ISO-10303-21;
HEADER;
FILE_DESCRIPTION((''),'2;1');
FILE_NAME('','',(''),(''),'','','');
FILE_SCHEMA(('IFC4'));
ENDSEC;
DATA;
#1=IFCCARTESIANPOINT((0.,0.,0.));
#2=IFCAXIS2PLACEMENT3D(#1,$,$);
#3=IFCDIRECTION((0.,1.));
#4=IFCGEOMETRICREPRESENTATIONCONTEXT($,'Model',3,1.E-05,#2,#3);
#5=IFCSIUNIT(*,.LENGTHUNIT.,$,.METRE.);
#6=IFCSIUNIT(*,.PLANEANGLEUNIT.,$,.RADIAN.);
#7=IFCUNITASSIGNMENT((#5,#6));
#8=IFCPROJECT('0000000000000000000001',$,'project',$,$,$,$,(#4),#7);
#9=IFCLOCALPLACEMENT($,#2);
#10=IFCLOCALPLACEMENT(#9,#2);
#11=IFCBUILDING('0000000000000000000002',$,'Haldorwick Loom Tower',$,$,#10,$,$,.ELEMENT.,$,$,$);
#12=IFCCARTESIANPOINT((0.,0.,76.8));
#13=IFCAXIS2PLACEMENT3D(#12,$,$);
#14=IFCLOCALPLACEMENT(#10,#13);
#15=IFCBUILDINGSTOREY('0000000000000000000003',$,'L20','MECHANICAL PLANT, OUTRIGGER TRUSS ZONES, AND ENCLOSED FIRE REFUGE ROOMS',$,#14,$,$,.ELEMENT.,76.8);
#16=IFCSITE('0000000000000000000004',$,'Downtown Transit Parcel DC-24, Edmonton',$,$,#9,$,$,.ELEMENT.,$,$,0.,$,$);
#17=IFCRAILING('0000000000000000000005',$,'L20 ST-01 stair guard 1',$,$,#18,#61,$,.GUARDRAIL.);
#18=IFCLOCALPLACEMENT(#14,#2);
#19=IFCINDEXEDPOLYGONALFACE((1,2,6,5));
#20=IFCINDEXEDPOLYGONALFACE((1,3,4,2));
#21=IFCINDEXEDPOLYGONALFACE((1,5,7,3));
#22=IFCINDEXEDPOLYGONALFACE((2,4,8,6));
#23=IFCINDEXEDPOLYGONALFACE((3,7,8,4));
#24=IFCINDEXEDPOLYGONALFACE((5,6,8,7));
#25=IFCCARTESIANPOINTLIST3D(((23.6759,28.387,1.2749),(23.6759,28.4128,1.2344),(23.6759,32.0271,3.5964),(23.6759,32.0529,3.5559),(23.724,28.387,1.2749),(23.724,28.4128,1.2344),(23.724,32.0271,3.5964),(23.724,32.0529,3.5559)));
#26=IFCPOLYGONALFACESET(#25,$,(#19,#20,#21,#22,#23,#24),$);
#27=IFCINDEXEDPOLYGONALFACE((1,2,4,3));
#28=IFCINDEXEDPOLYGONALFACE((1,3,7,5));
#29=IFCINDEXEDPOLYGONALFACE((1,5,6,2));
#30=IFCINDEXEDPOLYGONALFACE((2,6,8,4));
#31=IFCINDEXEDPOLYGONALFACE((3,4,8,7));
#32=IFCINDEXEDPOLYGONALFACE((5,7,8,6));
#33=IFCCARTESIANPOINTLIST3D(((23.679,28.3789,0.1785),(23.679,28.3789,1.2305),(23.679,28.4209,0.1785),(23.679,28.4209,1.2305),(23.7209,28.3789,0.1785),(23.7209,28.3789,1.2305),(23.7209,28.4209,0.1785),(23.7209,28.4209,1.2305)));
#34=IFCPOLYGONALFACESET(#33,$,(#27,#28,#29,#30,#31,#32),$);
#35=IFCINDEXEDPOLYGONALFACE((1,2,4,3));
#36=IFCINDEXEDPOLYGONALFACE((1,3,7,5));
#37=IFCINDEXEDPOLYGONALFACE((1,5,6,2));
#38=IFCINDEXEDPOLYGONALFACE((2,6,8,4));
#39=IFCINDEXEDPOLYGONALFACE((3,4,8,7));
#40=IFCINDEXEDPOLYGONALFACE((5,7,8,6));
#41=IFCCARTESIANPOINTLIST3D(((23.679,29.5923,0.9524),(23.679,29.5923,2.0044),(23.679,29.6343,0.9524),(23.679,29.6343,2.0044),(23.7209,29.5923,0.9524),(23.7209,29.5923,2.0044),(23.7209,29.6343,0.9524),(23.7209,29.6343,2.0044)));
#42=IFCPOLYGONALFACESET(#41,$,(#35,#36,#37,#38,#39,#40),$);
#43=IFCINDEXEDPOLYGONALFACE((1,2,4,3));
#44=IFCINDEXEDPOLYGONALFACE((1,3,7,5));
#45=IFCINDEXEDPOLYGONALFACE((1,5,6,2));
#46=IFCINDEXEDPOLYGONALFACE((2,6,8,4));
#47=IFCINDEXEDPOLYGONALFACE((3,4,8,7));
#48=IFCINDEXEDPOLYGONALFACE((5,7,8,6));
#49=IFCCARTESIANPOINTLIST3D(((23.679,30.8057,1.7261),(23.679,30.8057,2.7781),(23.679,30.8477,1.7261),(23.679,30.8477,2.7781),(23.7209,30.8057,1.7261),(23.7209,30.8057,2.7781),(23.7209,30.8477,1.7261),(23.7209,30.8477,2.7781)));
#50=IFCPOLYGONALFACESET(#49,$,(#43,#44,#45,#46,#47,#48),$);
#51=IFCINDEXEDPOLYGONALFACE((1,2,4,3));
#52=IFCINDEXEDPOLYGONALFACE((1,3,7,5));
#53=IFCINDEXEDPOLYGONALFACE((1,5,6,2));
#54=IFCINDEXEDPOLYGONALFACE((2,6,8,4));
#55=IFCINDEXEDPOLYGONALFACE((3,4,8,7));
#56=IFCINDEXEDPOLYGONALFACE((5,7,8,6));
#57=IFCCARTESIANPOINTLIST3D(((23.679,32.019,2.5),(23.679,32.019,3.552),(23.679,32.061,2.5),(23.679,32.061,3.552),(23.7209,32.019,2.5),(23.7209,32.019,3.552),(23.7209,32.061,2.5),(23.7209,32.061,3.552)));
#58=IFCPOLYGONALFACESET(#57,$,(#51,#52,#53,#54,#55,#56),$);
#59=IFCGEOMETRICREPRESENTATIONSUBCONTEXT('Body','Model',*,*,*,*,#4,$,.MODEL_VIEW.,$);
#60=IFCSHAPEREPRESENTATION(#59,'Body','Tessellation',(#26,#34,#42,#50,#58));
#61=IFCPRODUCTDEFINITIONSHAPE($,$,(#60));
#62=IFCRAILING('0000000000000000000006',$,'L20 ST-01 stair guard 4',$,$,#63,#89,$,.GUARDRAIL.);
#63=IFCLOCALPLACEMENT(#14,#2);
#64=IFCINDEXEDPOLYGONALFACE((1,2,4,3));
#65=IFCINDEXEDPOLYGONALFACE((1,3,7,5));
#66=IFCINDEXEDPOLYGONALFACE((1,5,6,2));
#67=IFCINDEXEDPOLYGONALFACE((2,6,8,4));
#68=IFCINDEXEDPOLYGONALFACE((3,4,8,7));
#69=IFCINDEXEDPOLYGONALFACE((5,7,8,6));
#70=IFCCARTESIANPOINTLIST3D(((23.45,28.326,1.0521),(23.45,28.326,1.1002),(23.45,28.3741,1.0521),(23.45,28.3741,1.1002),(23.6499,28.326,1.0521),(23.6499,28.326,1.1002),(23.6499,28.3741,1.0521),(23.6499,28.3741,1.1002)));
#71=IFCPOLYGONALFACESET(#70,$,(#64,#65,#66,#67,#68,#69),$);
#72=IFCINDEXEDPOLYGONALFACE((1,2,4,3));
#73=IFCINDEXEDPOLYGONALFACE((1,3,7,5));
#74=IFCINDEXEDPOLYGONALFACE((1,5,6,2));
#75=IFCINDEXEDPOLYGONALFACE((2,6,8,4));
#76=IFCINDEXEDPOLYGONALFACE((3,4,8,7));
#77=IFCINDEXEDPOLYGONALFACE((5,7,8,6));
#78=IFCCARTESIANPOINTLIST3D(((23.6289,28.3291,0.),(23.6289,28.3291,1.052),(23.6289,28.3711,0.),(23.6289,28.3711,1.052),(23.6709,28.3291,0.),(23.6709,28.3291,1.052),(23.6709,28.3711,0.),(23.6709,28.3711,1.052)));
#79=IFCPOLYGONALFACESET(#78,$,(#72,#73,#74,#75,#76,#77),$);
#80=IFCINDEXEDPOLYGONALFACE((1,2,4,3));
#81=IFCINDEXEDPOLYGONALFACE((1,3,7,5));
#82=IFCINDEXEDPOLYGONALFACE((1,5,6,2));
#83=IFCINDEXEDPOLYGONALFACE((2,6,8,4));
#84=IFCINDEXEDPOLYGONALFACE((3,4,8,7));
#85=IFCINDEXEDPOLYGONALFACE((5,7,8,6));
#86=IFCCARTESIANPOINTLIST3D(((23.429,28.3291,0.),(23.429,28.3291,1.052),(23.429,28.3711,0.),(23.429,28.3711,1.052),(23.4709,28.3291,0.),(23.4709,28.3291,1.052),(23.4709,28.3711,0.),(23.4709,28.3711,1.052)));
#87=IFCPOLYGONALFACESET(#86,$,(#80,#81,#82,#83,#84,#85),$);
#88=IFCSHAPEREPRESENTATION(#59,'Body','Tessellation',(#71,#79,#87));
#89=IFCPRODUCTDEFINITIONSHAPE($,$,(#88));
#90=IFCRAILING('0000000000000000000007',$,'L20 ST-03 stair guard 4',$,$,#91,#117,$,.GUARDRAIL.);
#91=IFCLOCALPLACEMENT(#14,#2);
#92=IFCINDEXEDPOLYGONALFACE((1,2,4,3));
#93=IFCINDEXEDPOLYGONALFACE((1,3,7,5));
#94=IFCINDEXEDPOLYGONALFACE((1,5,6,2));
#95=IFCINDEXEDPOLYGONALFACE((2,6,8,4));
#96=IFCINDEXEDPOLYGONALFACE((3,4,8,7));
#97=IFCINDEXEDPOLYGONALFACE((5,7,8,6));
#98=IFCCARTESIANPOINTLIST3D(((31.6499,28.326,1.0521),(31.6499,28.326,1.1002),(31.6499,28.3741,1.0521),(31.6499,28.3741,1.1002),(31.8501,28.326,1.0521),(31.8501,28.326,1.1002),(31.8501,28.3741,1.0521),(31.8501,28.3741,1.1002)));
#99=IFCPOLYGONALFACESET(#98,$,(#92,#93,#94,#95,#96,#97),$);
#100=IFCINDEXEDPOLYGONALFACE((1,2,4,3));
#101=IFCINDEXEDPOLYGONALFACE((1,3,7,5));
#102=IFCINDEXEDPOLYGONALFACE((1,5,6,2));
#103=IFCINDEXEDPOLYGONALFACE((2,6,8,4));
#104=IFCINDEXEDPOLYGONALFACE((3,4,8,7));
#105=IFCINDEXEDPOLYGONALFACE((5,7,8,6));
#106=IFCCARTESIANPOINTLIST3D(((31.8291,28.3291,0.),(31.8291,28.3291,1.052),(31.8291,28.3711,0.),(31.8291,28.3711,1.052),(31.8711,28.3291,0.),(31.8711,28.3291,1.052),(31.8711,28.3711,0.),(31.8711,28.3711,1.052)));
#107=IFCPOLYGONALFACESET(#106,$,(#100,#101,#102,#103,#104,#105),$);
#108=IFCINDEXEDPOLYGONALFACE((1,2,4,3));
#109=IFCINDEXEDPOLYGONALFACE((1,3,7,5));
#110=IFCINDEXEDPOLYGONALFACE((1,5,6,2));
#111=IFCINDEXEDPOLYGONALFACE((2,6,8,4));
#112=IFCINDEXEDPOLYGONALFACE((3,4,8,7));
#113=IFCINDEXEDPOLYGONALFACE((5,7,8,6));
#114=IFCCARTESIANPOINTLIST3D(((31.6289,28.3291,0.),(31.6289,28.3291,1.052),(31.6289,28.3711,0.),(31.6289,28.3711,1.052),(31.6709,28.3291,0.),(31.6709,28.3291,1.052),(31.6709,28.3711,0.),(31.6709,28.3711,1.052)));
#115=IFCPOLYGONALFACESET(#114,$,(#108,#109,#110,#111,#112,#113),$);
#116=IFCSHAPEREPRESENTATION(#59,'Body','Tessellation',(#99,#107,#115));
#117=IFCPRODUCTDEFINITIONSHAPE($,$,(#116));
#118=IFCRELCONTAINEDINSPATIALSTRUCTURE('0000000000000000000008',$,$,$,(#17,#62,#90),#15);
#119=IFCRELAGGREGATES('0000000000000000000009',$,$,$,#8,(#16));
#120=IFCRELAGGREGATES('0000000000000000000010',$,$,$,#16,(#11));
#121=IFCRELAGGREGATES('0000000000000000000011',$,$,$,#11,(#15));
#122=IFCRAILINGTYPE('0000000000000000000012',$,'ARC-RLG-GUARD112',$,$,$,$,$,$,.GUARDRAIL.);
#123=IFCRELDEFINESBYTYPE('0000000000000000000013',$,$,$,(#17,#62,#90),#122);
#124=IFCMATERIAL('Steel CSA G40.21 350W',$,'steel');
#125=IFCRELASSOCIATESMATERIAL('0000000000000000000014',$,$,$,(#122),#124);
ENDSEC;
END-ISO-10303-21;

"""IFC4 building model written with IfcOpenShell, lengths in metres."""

from ifc_helpers import new_model, si_unit, direction, frame, origin, origin_2d, place, context, subcontext, project, spatial, rectangle, extrude, material, type_object, element, save


model = new_model("IFC4")

# Units and contexts
model_context = context("Model", 3, precision=1e-05, world=origin(), true_north=direction((0.0, 1.0)))
body_context = subcontext(model_context, "Body", "Model", "MODEL_VIEW")
ifc_project = project(units=[si_unit("LENGTHUNIT", "METRE"), si_unit("PLANEANGLEUNIT", "RADIAN")], contexts=[model_context])

# Site, building, storey
site_placement = place(None, origin())
site = spatial("IfcSite", under=ifc_project, at=site_placement, Name="Downtown Transit Parcel DC-24, Edmonton", CompositionType="ELEMENT", RefElevation=0.0)
building_placement = place(site_placement, origin())
building = spatial("IfcBuilding", under=site, at=building_placement, Name="Haldorwick Loom Tower", CompositionType="ELEMENT")
storey_placement = place(building_placement, frame((0.0, 0.0, 76.8)))
storey = spatial("IfcBuildingStorey", under=building, at=storey_placement, Name="L20", Description="MECHANICAL PLANT, OUTRIGGER TRUSS ZONES, AND ENCLOSED FIRE REFUGE ROOMS", CompositionType="ELEMENT", Elevation=76.8)

# Shared definitions
ifc_material_1 = material(Name="Steel CSA G40.21 350W", Category="steel")

# Railings
railing_type = type_object("IfcRailingType", Name="ARC-RLG-GUARD112", PredefinedType="GUARDRAIL", material=ifc_material_1)
railing_1_placement = place(storey_placement, frame((23.7, 28.3999, 0.1785)))
element("IfcRailing", 1, at=railing_1_placement, inside=storey, type_object=railing_type, Name="L20 ST-01 stair guard 1", PredefinedType="GUARDRAIL", context=body_context, shape_type="SweptSolid", body=[
    extrude(rectangle(XDim=0.0481, YDim=0.0481, at=origin_2d()), frame((0.0, 0.0, 1.0762), z_axis=(0.0, 0.843128, 0.537713), x_axis=(-1.0, 0.0, 0.0)), (0.0, 0.0, 1.0), 4.3174),
    extrude(rectangle(XDim=0.042, YDim=0.042, at=origin_2d()), origin(), (0.0, 0.0, 1.0), 1.052),
    extrude(rectangle(XDim=0.042, YDim=0.042, at=origin_2d()), frame((0.0, 1.2134, 0.7739)), (0.0, 0.0, 1.0), 1.052),
    extrude(rectangle(XDim=0.042, YDim=0.042, at=origin_2d()), frame((0.0, 2.4268, 1.5476)), (0.0, 0.0, 1.0), 1.052),
    extrude(rectangle(XDim=0.042, YDim=0.042, at=origin_2d()), frame((0.0, 3.6401, 2.3215)), (0.0, 0.0, 1.0), 1.052),
])
railing_2_placement = place(storey_placement, frame((23.6499, 28.3501, 0.0)))
element("IfcRailing", 2, at=railing_2_placement, inside=storey, type_object=railing_type, Name="L20 ST-01 stair guard 4", PredefinedType="GUARDRAIL", context=body_context, shape_type="SweptSolid", body=[
    extrude(rectangle(XDim=0.0481, YDim=0.0481, at=origin_2d()), frame((0.0, 0.0, 1.0762), z_axis=(-1.0, 0.0, 0.0), x_axis=(0.0, -1.0, 0.0)), (0.0, 0.0, 1.0), 0.2),
    extrude(rectangle(XDim=0.042, YDim=0.042, at=origin_2d()), origin(), (0.0, 0.0, 1.0), 1.052),
    extrude(rectangle(XDim=0.042, YDim=0.042, at=origin_2d()), frame((-0.2, 0.0, 0.0)), (0.0, 0.0, 1.0), 1.052),
])
railing_3_placement = place(storey_placement, frame((31.8501, 28.3501, 0.0)))
element("IfcRailing", 3, at=railing_3_placement, inside=storey, type_object=railing_type, Name="L20 ST-03 stair guard 4", PredefinedType="GUARDRAIL", context=body_context, shape_type="SweptSolid", body=[
    extrude(rectangle(XDim=0.0481, YDim=0.0481, at=origin_2d()), frame((0.0, 0.0, 1.0762), z_axis=(-1.0, 0.0, 0.0), x_axis=(0.0, -1.0, 0.0)), (0.0, 0.0, 1.0), 0.2002),
    extrude(rectangle(XDim=0.042, YDim=0.042, at=origin_2d()), origin(), (0.0, 0.0, 1.0), 1.052),
    extrude(rectangle(XDim=0.042, YDim=0.042, at=origin_2d()), frame((-0.2002, 0.0, 0.0)), (0.0, 0.0, 1.0), 1.052),
])

save(model, "model.ifc")
